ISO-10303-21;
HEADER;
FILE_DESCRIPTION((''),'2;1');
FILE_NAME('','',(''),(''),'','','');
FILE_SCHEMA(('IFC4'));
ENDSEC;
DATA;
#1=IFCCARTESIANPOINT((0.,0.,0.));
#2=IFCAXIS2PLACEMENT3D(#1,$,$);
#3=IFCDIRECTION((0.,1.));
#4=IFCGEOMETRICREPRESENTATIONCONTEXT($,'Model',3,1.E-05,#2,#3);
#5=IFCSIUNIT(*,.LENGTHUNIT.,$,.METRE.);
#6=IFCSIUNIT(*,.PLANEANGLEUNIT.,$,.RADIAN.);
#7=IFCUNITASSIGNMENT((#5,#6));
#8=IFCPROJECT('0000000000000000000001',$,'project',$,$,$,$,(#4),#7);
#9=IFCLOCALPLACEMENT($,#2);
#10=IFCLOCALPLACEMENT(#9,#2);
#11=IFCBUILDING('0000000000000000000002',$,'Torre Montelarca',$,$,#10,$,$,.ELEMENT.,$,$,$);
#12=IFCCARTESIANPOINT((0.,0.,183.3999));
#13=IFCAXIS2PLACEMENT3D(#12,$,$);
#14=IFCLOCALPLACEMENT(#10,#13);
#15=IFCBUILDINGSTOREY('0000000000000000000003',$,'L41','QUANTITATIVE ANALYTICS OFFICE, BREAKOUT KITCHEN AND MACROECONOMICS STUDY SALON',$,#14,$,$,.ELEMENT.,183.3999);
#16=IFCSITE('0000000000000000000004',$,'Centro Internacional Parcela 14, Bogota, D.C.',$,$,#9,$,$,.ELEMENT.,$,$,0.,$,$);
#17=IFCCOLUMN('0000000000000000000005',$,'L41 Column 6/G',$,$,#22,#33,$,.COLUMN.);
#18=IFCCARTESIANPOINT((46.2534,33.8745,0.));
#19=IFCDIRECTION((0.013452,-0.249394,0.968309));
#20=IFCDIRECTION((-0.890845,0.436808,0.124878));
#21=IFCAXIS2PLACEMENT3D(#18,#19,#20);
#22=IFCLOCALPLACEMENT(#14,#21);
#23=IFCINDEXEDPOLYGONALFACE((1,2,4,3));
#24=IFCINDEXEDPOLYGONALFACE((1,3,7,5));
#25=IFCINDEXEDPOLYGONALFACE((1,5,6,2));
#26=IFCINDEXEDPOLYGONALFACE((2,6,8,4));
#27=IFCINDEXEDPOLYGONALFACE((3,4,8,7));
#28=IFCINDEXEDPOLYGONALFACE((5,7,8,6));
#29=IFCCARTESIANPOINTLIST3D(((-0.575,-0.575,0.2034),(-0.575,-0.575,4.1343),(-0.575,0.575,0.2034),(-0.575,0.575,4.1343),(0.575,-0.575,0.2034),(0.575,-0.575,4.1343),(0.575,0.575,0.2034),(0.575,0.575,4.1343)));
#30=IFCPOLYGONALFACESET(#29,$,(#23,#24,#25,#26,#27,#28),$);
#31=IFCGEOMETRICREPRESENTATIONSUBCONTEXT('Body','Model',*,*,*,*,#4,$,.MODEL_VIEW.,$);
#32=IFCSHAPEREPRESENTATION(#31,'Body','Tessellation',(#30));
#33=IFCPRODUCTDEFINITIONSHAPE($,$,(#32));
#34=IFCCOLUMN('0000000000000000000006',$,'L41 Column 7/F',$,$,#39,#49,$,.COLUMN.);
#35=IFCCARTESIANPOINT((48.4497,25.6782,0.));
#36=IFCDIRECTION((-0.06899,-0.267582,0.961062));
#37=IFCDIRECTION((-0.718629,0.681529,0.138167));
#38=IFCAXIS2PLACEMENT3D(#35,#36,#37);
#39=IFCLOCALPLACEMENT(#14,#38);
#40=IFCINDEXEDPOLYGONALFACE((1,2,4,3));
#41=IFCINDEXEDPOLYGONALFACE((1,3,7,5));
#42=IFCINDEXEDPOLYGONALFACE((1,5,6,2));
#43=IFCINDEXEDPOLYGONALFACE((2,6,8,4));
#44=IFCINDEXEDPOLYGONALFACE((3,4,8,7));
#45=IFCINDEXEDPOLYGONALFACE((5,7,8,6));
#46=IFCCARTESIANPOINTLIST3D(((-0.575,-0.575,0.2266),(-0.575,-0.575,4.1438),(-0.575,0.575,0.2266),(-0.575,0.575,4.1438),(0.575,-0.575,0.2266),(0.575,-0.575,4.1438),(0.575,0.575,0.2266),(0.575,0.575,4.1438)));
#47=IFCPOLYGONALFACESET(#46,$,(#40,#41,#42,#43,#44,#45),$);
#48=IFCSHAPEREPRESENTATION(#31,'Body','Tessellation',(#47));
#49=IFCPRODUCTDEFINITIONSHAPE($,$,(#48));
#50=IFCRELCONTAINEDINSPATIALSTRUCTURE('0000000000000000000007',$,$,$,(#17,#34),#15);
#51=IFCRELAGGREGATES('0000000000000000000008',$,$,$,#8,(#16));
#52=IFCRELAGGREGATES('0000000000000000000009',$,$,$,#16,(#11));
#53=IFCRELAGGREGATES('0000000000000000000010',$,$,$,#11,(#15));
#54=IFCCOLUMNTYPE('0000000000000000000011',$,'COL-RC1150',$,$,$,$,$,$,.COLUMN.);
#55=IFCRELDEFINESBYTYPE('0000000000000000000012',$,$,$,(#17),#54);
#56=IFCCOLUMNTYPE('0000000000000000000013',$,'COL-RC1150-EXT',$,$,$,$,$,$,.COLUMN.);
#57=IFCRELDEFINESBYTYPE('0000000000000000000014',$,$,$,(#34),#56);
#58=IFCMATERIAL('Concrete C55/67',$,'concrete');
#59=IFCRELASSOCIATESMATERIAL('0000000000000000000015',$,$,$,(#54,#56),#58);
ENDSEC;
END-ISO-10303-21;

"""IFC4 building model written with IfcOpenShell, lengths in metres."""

from ifc_helpers import new_model, si_unit, direction, frame, origin, origin_2d, place, context, subcontext, project, spatial, rectangle, extrude, clip, halfspace, material, material_profile, profile_set, type_object, element, save


model = new_model("IFC4")

# Units and contexts
model_context = context("Model", 3, precision=1e-05, world=origin(), true_north=direction((0.0, 1.0)))
body_context = subcontext(model_context, "Body", "Model", "MODEL_VIEW")
ifc_project = project(units=[si_unit("LENGTHUNIT", "METRE"), si_unit("PLANEANGLEUNIT", "RADIAN")], contexts=[model_context])

# Site, building, storey
site_placement = place(None, origin())
site = spatial("IfcSite", under=ifc_project, at=site_placement, Name="Centro Internacional Parcela 14, Bogota, D.C.", CompositionType="ELEMENT", RefElevation=0.0)
building_placement = place(site_placement, origin())
building = spatial("IfcBuilding", under=site, at=building_placement, Name="Torre Montelarca", CompositionType="ELEMENT")
storey_placement = place(building_placement, frame((0.0, 0.0, 183.3999)))
storey = spatial("IfcBuildingStorey", under=building, at=storey_placement, Name="L41", Description="QUANTITATIVE ANALYTICS OFFICE, BREAKOUT KITCHEN AND MACROECONOMICS STUDY SALON", CompositionType="ELEMENT", Elevation=183.3999)

# Columns
ifc_material_1 = material(Name="Concrete C55/67", Category="concrete")
ifc_material_profile_1 = material_profile(ifc_material_1, rectangle(XDim=1.1499, YDim=1.1499, at=origin_2d()), Name="RC1150X1150", Category="concrete")
ifc_profile_set_1 = profile_set([ifc_material_profile_1], Name="Concrete C55/67")
column_type_1 = type_object("IfcColumnType", Name="COL-RC1150", PredefinedType="COLUMN", material=ifc_profile_set_1)
column_1_placement = place(storey_placement, frame((46.2534, 33.8745, 0.0), z_axis=(0.013452, -0.249394, 0.968309), x_axis=(-0.890845, 0.436808, 0.124878)))
element("IfcColumn", 1, at=column_1_placement, inside=storey, type_object=column_type_1, Name="L41 Column 6/G", PredefinedType="COLUMN", context=body_context, shape_type="Clipping", body=[
    clip(clip(extrude(rectangle(XDim=1.1499, YDim=1.1499, at=origin_2d()), origin(), (0.0, 0.0, 1.0), 4.3376), halfspace(frame((0.0, 0.0, 0.2034), z_axis=(0.0, 0.0, -1.0), x_axis=(1.0, 0.0, 0.0)), False)), halfspace(frame((0.0, 0.0, 4.1343), z_axis=(0.0, 0.0, 1.0), x_axis=(1.0, 0.0, 0.0)), False)),
])
ifc_material_profile_2 = material_profile(ifc_material_1, rectangle(XDim=1.1499, YDim=1.1499, at=origin_2d()), Name="RC1150X1150", Category="concrete")
ifc_profile_set_2 = profile_set([ifc_material_profile_2], Name="Concrete C55/67")
column_type_2 = type_object("IfcColumnType", Name="COL-RC1150-EXT", PredefinedType="COLUMN", material=ifc_profile_set_2)
column_2_placement = place(storey_placement, frame((48.4497, 25.6782, 0.0), z_axis=(-0.06899, -0.267582, 0.961062), x_axis=(-0.718629, 0.681529, 0.138167)))
element("IfcColumn", 2, at=column_2_placement, inside=storey, type_object=column_type_2, Name="L41 Column 7/F", PredefinedType="COLUMN", context=body_context, shape_type="Clipping", body=[
    clip(clip(extrude(rectangle(XDim=1.1499, YDim=1.1499, at=origin_2d()), origin(), (0.0, 0.0, 1.0), 4.3704), halfspace(frame((0.0, 0.0, 0.2266), z_axis=(0.0, 0.0, -1.0), x_axis=(1.0, 0.0, 0.0)), False)), halfspace(frame((0.0, 0.0, 4.1438), z_axis=(0.0, 0.0, 1.0), x_axis=(1.0, 0.0, 0.0)), False)),
])

save(model, "model.ifc")
